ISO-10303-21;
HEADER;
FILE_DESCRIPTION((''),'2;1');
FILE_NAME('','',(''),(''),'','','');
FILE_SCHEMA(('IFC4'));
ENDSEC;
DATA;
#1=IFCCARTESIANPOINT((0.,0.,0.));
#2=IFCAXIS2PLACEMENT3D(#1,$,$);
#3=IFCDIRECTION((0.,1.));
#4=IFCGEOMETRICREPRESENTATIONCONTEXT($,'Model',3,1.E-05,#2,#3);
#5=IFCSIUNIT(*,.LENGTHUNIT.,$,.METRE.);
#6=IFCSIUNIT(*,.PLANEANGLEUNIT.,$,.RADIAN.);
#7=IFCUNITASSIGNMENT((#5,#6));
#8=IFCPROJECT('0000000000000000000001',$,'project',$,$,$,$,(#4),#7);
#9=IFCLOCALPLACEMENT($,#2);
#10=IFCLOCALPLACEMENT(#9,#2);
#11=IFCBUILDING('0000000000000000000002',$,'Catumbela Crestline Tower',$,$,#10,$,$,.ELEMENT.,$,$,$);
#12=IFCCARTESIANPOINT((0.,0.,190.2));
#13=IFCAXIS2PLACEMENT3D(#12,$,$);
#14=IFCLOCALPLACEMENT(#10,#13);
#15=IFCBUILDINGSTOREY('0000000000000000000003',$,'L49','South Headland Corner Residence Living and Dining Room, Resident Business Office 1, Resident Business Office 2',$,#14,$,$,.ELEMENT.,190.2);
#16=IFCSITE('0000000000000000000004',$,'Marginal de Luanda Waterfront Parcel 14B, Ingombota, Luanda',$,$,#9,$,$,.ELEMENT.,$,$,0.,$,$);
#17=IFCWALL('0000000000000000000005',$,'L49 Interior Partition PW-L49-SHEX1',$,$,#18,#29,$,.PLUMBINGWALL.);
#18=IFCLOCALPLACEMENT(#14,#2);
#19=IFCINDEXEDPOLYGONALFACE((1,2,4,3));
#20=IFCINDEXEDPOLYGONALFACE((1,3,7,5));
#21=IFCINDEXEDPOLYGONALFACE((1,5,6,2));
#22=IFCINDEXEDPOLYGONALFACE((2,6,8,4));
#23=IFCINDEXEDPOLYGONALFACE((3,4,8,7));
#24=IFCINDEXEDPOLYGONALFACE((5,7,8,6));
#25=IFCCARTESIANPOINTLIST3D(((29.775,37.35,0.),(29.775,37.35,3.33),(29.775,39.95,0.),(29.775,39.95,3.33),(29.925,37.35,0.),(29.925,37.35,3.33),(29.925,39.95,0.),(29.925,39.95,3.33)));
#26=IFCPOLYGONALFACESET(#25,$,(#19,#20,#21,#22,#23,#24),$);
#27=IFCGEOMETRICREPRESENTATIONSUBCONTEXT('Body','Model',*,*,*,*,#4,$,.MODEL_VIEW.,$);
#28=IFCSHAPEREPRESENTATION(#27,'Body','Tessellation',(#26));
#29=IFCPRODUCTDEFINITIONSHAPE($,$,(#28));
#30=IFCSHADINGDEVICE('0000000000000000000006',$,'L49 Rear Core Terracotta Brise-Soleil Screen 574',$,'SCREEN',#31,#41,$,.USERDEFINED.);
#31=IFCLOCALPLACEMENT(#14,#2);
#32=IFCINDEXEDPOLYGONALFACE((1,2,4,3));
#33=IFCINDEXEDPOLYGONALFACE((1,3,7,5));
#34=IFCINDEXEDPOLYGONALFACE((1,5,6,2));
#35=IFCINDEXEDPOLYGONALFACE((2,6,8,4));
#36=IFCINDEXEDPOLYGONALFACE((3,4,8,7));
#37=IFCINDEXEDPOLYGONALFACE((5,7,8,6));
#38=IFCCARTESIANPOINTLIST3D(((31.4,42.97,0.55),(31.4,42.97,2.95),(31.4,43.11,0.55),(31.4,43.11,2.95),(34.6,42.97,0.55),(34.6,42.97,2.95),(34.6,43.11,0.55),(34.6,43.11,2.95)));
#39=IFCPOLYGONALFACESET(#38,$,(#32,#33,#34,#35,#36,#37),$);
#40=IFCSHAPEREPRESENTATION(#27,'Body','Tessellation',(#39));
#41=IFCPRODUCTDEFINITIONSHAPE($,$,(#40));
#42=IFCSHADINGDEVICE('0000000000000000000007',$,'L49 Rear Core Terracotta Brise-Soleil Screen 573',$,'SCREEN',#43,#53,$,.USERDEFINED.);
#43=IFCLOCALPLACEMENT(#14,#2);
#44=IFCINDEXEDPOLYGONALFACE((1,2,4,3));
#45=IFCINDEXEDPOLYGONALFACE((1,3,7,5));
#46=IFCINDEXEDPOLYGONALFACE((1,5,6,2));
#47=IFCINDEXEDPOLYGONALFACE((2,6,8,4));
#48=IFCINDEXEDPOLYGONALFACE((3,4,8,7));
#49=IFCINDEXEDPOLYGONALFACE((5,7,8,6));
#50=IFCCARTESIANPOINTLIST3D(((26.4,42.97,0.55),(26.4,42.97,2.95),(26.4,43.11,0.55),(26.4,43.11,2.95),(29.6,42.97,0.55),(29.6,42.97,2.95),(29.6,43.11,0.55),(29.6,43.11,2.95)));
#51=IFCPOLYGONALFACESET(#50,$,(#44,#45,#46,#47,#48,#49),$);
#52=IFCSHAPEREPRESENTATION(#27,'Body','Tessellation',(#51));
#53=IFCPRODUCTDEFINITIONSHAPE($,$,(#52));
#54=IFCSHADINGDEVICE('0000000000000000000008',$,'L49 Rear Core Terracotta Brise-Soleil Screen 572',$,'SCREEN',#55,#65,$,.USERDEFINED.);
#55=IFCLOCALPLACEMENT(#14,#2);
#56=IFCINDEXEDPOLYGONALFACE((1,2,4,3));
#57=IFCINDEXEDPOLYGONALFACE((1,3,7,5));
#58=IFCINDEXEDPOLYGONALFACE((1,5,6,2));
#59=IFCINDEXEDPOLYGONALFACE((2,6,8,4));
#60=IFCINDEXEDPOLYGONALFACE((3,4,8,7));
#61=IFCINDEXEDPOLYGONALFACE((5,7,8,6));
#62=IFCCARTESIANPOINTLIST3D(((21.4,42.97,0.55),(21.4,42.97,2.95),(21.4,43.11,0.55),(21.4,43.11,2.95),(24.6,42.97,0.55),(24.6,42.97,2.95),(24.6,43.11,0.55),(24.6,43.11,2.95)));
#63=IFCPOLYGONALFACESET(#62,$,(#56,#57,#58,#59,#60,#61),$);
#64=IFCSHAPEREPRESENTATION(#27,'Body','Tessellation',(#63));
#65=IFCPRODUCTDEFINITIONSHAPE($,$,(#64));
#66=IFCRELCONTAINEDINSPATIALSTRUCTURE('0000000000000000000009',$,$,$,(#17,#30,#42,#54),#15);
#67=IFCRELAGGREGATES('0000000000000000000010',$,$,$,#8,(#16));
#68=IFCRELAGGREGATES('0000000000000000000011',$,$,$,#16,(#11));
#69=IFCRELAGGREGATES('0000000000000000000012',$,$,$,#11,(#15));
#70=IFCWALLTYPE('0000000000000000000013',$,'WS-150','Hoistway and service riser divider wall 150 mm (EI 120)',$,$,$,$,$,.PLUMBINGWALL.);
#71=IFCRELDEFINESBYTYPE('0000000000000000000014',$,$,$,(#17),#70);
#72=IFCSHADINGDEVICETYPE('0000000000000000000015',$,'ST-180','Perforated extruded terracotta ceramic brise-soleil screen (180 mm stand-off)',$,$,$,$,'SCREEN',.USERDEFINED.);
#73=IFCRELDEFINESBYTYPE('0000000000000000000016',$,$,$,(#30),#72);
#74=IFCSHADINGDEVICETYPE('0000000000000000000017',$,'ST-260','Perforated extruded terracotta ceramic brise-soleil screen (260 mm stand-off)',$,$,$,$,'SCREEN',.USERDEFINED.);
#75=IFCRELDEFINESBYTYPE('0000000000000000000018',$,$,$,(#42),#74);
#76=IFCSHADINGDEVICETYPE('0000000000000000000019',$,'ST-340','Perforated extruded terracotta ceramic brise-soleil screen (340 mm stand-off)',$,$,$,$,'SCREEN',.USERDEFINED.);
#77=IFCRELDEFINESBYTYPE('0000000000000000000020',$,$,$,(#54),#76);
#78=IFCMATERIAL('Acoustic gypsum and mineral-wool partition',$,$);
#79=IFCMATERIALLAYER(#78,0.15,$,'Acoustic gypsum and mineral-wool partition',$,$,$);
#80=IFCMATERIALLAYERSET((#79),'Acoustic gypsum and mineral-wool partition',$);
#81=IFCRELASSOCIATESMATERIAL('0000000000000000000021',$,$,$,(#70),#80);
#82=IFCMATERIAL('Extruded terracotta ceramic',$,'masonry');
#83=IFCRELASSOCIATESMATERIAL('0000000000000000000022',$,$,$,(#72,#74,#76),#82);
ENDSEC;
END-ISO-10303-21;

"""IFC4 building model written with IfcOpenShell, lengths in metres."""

from ifc_helpers import new_model, si_unit, direction, frame, frame_2d, origin, origin_2d, place, context, subcontext, project, spatial, rectangle, extrude, material, layer, layer_set, type_object, element, save


model = new_model("IFC4")

# Units and contexts
model_context = context("Model", 3, precision=1e-05, world=origin(), true_north=direction((0.0, 1.0)))
body_context = subcontext(model_context, "Body", "Model", "MODEL_VIEW")
ifc_project = project(units=[si_unit("LENGTHUNIT", "METRE"), si_unit("PLANEANGLEUNIT", "RADIAN")], contexts=[model_context])

# Site, building, storey
site_placement = place(None, origin())
site = spatial("IfcSite", under=ifc_project, at=site_placement, Name="Marginal de Luanda Waterfront Parcel 14B, Ingombota, Luanda", CompositionType="ELEMENT", RefElevation=0.0)
building_placement = place(site_placement, origin())
building = spatial("IfcBuilding", under=site, at=building_placement, Name="Catumbela Crestline Tower", CompositionType="ELEMENT")
storey_placement = place(building_placement, frame((0.0, 0.0, 190.2)))
storey = spatial("IfcBuildingStorey", under=building, at=storey_placement, Name="L49", Description="South Headland Corner Residence Living and Dining Room, Resident Business Office 1, Resident Business Office 2", CompositionType="ELEMENT", Elevation=190.2)

# Shared definitions
ifc_material_1 = material(Name="Acoustic gypsum and mineral-wool partition")

# Wall
ifc_layer_1 = layer(ifc_material_1, 0.15, Name="Acoustic gypsum and mineral-wool partition")
ifc_layer_set_1 = layer_set([ifc_layer_1], Name="Acoustic gypsum and mineral-wool partition")
wall_type_1 = type_object("IfcWallType", Name="WS-150", Description="Hoistway and service riser divider wall 150 mm (EI 120)", PredefinedType="PLUMBINGWALL", material=ifc_layer_set_1)
wall_1_placement = place(storey_placement, frame((29.85, 37.35, 0.0), z_axis=(0.0, 0.0, 1.0), x_axis=(0.0, 1.0, 0.0)))
element("IfcWall", 1, at=wall_1_placement, inside=storey, type_object=wall_type_1, Name="L49 Interior Partition PW-L49-SHEX1", PredefinedType="PLUMBINGWALL", context=body_context, shape_type="SweptSolid", body=[
    extrude(rectangle(XDim=2.6, YDim=0.15, at=frame_2d((1.3, 0.0))), origin(), (0.0, 0.0, 1.0), 3.33),
])

# Shading devices
ifc_material_2 = material(Name="Extruded terracotta ceramic", Category="masonry")
shading_device_type_1 = type_object("IfcShadingDeviceType", Name="ST-180", Description="Perforated extruded terracotta ceramic brise-soleil screen (180 mm stand-off)", ElementType="SCREEN", PredefinedType="USERDEFINED", material=ifc_material_2)
shading_device_1_placement = place(storey_placement, frame((33.0, 43.04, 0.55), z_axis=(0.0, 0.0, 1.0), x_axis=(1.0, 0.0, 0.0)))
element("IfcShadingDevice", 2, at=shading_device_1_placement, inside=storey, type_object=shading_device_type_1, Name="L49 Rear Core Terracotta Brise-Soleil Screen 574", ObjectType="SCREEN", PredefinedType="USERDEFINED", context=body_context, shape_type="SweptSolid", body=[
    extrude(rectangle(XDim=3.2, YDim=0.14, at=origin_2d()), origin(), (0.0, 0.0, 1.0), 2.4),
])
shading_device_type_2 = type_object("IfcShadingDeviceType", Name="ST-260", Description="Perforated extruded terracotta ceramic brise-soleil screen (260 mm stand-off)", ElementType="SCREEN", PredefinedType="USERDEFINED", material=ifc_material_2)
shading_device_2_placement = place(storey_placement, frame((28.0, 43.04, 0.55), z_axis=(0.0, 0.0, 1.0), x_axis=(1.0, 0.0, 0.0)))
element("IfcShadingDevice", 3, at=shading_device_2_placement, inside=storey, type_object=shading_device_type_2, Name="L49 Rear Core Terracotta Brise-Soleil Screen 573", ObjectType="SCREEN", PredefinedType="USERDEFINED", context=body_context, shape_type="SweptSolid", body=[
    extrude(rectangle(XDim=3.2, YDim=0.14, at=origin_2d()), origin(), (0.0, 0.0, 1.0), 2.4),
])
shading_device_type_3 = type_object("IfcShadingDeviceType", Name="ST-340", Description="Perforated extruded terracotta ceramic brise-soleil screen (340 mm stand-off)", ElementType="SCREEN", PredefinedType="USERDEFINED", material=ifc_material_2)
shading_device_3_placement = place(storey_placement, frame((23.0, 43.04, 0.55), z_axis=(0.0, 0.0, 1.0), x_axis=(1.0, 0.0, 0.0)))
element("IfcShadingDevice", 4, at=shading_device_3_placement, inside=storey, type_object=shading_device_type_3, Name="L49 Rear Core Terracotta Brise-Soleil Screen 572", ObjectType="SCREEN", PredefinedType="USERDEFINED", context=body_context, shape_type="SweptSolid", body=[
    extrude(rectangle(XDim=3.2, YDim=0.14, at=origin_2d()), origin(), (0.0, 0.0, 1.0), 2.4),
])

save(model, "model.ifc")
